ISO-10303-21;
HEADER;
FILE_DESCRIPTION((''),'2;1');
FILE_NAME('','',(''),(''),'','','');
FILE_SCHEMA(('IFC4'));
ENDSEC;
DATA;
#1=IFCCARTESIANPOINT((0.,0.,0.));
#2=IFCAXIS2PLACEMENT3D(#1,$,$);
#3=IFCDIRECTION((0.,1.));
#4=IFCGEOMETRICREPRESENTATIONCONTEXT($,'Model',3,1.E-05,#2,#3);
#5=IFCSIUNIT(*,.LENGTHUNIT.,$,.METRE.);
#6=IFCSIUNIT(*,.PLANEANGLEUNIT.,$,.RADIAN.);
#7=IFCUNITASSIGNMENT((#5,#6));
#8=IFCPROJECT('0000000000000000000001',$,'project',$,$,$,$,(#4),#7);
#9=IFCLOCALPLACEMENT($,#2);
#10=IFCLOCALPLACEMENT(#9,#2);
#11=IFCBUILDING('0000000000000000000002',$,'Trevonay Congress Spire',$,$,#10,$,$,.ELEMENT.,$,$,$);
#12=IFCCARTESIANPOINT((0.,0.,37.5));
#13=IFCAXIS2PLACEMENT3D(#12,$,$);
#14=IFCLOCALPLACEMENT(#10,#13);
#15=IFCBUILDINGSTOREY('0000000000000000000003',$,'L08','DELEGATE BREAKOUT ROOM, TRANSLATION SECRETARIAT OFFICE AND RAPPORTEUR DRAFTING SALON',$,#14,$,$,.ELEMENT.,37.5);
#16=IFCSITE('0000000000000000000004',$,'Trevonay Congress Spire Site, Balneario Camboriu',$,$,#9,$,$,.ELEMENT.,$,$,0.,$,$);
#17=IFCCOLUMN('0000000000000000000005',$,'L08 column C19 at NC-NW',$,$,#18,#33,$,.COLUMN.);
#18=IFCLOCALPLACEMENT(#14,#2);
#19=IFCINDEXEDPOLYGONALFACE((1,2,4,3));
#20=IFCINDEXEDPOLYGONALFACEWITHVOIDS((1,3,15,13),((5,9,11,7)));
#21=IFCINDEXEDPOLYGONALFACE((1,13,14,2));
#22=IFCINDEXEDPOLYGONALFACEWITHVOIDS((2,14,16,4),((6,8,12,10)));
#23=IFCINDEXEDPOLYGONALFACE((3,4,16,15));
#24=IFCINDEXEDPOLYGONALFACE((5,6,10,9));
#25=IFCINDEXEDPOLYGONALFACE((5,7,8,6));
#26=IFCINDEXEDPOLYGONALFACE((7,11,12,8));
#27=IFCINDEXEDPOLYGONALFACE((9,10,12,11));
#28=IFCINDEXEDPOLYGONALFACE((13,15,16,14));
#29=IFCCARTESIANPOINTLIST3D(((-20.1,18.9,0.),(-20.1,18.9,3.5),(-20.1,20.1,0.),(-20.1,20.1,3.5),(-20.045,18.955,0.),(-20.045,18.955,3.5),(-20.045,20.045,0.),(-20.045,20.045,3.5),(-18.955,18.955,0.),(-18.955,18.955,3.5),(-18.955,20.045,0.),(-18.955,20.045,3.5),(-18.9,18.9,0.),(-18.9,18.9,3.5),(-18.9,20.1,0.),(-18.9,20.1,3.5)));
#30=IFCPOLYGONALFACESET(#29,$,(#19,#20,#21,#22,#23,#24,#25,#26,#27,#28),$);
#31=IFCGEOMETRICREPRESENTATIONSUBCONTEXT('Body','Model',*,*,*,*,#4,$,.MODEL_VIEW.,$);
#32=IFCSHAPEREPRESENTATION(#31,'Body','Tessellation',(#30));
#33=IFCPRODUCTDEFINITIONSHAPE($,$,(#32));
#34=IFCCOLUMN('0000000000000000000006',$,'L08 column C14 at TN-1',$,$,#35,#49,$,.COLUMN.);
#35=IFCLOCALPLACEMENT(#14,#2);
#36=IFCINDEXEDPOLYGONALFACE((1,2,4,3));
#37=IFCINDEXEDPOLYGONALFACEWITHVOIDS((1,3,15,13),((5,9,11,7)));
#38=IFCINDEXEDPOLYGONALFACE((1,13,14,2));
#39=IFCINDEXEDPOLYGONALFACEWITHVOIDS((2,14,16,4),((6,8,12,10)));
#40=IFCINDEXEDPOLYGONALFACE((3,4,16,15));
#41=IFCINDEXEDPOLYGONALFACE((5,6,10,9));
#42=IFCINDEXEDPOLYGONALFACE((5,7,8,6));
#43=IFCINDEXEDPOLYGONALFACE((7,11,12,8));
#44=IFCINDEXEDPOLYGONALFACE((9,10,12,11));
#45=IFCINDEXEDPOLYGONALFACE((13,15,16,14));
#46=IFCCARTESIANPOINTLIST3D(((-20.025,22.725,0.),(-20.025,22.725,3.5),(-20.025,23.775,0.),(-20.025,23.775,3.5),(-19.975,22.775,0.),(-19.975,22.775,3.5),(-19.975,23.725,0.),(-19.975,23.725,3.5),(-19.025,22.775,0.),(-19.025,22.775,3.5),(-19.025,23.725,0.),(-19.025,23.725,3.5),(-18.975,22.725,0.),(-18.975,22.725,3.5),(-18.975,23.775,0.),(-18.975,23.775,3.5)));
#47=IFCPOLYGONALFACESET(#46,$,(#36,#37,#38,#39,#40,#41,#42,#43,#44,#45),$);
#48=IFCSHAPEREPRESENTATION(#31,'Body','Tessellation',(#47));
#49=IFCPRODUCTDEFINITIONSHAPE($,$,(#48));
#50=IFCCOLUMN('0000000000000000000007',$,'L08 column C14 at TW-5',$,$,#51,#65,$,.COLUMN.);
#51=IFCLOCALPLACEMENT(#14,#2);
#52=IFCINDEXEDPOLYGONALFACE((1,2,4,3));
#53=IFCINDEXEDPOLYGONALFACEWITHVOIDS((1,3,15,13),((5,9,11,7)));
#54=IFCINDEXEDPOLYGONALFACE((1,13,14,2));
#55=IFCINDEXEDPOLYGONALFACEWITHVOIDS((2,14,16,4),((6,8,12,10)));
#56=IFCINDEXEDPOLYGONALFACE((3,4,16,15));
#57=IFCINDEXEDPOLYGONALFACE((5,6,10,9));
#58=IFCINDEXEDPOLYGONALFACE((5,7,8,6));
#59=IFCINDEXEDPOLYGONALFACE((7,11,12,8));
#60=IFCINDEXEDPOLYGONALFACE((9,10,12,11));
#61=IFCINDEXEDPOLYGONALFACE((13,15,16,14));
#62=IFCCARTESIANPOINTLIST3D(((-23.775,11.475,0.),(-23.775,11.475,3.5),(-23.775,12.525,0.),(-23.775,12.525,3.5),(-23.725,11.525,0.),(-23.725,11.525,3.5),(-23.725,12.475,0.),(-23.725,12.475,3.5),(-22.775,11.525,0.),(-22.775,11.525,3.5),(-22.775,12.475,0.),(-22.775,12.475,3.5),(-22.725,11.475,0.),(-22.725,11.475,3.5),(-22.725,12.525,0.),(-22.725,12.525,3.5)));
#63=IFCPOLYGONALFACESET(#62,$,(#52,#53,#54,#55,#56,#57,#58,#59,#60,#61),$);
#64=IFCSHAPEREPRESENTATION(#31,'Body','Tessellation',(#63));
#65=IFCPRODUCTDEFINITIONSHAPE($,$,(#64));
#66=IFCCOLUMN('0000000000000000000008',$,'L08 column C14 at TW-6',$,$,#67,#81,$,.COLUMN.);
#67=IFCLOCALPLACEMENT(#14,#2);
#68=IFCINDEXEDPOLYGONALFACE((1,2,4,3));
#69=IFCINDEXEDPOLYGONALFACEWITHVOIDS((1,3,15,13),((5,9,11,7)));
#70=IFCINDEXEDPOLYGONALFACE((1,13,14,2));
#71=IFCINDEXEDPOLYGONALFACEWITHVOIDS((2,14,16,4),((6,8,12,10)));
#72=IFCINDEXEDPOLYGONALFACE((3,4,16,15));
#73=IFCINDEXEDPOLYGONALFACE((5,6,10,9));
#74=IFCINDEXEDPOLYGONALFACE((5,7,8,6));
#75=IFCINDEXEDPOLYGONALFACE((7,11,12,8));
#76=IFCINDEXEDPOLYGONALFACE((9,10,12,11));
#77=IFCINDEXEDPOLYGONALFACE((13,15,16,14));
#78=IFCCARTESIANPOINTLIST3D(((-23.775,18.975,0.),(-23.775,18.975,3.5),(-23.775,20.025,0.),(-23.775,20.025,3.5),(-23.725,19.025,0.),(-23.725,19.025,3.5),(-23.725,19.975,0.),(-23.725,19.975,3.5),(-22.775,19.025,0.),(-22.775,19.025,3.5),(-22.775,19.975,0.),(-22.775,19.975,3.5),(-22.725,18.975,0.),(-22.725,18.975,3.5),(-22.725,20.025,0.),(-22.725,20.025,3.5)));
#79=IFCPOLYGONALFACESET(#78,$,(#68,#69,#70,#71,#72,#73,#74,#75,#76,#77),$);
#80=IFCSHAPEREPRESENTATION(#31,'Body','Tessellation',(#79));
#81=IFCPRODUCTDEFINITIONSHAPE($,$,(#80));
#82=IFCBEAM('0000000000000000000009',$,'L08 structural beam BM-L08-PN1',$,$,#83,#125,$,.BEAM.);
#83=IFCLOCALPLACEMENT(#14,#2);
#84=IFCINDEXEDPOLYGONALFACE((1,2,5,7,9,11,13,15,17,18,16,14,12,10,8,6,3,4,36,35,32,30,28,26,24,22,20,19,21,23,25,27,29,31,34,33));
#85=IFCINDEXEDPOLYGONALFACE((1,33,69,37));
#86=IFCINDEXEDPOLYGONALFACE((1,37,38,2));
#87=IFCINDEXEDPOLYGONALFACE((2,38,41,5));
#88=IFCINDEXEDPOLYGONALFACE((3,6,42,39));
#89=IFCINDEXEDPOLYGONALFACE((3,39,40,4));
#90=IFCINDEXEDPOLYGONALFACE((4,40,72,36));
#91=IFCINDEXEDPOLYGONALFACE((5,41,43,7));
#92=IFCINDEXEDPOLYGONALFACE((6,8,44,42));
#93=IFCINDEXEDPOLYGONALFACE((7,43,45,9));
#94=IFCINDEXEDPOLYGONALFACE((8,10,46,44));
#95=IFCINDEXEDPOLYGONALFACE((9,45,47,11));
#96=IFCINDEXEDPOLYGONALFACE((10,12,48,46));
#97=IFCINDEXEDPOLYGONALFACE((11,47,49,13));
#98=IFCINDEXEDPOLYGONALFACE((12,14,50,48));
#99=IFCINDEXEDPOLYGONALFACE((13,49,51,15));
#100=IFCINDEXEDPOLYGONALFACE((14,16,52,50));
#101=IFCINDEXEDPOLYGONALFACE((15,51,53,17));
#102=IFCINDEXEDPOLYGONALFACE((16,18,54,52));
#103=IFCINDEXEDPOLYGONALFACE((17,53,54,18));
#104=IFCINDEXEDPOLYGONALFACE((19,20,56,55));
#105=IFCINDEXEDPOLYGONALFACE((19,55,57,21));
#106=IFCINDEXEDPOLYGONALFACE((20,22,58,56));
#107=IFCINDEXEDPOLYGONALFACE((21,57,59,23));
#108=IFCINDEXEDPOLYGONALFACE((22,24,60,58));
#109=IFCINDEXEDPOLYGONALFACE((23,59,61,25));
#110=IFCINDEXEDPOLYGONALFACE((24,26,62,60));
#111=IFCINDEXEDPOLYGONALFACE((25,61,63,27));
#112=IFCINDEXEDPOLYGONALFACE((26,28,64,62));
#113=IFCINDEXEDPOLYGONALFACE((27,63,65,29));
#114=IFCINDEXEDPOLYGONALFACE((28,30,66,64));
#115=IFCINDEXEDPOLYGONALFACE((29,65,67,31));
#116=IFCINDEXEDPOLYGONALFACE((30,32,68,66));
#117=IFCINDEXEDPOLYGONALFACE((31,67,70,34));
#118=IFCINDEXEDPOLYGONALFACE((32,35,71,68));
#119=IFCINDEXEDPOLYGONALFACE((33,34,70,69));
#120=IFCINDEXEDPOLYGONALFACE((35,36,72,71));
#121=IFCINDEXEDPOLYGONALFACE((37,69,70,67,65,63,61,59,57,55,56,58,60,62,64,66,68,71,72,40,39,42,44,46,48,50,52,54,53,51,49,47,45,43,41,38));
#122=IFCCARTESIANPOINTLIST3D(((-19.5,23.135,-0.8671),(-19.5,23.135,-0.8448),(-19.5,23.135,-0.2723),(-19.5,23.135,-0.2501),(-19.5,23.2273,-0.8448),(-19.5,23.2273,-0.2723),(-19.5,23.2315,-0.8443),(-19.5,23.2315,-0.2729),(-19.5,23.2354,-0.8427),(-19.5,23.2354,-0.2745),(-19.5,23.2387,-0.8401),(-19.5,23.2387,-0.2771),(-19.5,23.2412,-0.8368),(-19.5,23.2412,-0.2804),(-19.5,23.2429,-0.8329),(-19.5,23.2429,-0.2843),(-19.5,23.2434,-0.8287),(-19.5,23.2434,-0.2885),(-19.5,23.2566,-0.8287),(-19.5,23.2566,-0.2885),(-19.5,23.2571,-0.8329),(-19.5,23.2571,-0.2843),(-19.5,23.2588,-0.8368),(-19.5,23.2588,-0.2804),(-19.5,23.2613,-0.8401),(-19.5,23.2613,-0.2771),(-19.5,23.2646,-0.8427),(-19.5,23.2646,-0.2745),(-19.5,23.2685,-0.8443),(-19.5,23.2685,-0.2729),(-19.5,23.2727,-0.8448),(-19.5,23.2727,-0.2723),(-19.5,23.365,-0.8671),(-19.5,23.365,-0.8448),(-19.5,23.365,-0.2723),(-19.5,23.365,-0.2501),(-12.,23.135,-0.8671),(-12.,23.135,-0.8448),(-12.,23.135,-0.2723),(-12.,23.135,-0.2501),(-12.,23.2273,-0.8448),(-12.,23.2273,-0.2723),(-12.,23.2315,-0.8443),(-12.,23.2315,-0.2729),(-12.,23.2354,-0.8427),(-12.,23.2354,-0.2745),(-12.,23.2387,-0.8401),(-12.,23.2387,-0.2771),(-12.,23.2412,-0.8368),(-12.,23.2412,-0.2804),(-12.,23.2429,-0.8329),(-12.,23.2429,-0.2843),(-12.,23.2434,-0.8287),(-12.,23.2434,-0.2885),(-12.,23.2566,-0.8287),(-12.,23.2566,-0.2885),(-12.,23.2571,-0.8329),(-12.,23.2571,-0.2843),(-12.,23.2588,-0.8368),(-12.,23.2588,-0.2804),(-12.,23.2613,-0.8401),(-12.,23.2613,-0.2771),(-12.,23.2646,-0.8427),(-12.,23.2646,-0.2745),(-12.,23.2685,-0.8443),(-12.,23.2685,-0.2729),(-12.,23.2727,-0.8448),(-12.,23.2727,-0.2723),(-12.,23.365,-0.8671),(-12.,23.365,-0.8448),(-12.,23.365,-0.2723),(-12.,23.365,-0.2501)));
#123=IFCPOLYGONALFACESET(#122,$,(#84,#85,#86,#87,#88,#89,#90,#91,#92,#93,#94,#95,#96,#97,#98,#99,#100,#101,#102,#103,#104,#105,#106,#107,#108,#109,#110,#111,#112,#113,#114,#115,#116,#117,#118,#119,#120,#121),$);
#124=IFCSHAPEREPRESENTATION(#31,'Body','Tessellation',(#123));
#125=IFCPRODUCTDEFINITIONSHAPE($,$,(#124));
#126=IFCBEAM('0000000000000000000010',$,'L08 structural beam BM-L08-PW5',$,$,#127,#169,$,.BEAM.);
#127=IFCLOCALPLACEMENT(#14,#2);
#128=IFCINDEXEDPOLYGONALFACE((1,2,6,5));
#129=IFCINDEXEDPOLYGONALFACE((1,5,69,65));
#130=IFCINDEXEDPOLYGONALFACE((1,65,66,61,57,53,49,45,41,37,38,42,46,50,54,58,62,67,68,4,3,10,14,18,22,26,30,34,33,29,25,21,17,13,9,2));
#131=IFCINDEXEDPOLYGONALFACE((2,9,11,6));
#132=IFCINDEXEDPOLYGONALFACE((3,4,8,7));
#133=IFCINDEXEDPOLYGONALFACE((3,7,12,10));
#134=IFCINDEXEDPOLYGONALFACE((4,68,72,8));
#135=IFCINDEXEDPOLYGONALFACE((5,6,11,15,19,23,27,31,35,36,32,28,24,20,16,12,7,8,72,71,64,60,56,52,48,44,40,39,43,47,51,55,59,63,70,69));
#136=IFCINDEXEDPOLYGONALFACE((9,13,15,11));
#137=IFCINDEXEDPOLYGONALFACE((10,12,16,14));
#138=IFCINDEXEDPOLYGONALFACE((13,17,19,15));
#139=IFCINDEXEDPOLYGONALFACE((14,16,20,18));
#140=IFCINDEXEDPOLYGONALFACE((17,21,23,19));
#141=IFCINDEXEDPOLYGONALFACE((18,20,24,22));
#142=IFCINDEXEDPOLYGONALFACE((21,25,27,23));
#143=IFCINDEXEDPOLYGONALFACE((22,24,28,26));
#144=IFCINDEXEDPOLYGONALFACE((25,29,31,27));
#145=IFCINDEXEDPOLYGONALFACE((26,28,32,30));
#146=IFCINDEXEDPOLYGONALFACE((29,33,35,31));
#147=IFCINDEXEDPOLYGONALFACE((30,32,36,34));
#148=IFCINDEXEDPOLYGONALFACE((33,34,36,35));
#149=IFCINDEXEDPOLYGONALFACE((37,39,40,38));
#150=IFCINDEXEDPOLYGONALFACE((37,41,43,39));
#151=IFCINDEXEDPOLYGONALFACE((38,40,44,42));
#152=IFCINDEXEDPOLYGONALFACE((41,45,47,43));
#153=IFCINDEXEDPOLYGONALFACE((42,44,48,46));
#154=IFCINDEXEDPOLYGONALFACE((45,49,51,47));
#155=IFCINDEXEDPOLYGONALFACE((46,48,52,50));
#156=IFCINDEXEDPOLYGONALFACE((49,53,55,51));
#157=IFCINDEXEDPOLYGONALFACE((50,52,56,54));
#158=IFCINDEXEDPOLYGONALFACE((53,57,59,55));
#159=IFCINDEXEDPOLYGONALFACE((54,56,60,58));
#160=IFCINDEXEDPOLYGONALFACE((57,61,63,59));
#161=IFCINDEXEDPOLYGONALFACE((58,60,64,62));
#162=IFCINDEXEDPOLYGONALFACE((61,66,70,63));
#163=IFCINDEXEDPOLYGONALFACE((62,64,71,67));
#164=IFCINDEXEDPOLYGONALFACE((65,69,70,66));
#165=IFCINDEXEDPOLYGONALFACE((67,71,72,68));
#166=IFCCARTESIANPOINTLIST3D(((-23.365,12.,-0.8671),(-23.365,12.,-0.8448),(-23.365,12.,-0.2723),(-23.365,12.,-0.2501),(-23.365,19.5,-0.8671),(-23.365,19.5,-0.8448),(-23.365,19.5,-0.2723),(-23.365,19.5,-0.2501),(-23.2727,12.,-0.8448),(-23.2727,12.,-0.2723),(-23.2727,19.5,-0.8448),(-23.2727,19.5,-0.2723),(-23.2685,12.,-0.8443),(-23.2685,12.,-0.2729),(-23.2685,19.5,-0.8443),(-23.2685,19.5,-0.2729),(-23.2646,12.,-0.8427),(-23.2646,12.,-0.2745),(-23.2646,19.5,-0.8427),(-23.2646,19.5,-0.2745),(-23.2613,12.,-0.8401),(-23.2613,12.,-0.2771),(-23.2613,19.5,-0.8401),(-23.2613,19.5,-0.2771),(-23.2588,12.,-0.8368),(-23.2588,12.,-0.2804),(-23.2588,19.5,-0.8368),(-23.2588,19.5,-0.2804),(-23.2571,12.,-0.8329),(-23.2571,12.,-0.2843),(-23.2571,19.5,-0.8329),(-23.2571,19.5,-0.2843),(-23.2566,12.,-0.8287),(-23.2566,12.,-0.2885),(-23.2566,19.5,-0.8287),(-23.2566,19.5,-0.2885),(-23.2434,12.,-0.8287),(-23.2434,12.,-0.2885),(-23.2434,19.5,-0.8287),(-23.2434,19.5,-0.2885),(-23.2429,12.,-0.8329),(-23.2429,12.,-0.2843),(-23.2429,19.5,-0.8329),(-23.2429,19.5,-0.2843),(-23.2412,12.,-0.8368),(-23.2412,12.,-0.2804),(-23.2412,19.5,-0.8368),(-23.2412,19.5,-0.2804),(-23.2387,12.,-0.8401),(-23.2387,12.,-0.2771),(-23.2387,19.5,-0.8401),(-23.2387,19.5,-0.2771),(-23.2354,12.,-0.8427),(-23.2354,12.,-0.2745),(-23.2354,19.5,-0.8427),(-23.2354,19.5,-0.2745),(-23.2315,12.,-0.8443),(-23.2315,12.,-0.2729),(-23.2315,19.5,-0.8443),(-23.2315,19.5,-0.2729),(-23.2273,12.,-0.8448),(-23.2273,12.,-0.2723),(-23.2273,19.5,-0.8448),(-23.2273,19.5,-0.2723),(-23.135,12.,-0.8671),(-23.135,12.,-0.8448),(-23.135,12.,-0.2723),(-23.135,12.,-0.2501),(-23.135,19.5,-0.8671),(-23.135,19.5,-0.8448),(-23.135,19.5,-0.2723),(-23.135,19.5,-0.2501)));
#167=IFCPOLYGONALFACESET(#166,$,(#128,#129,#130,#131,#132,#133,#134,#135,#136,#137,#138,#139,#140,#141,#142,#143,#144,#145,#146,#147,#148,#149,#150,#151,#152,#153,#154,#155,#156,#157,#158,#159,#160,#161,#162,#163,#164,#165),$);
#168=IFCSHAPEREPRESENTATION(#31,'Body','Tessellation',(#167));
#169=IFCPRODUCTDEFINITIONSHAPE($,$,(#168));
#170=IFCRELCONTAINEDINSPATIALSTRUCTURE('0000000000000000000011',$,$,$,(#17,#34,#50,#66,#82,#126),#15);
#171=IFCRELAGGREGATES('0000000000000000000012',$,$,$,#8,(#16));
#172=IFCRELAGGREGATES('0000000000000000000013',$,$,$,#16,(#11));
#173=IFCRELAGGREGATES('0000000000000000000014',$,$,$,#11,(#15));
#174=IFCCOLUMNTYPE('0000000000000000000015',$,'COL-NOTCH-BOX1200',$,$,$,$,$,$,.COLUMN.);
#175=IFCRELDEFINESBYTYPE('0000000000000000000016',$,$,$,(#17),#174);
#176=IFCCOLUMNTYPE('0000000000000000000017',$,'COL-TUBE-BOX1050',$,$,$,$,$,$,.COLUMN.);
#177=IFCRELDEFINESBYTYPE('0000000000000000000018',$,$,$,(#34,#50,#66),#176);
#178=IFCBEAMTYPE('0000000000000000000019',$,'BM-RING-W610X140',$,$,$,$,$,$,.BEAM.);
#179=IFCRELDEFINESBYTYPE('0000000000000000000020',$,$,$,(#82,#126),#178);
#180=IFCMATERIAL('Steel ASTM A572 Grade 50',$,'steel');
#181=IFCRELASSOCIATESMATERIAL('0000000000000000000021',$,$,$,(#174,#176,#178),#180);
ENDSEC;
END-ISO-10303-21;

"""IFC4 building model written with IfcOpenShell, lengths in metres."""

from ifc_helpers import new_model, si_unit, direction, frame, origin, origin_2d, place, context, subcontext, project, spatial, hollow_rectangle, i_section, extrude, material, material_profile, profile_set, type_object, element, save


model = new_model("IFC4")

# Units and contexts
model_context = context("Model", 3, precision=1e-05, world=origin(), true_north=direction((0.0, 1.0)))
body_context = subcontext(model_context, "Body", "Model", "MODEL_VIEW")
ifc_project = project(units=[si_unit("LENGTHUNIT", "METRE"), si_unit("PLANEANGLEUNIT", "RADIAN")], contexts=[model_context])

# Site, building, storey
site_placement = place(None, origin())
site = spatial("IfcSite", under=ifc_project, at=site_placement, Name="Trevonay Congress Spire Site, Balneario Camboriu", CompositionType="ELEMENT", RefElevation=0.0)
building_placement = place(site_placement, origin())
building = spatial("IfcBuilding", under=site, at=building_placement, Name="Trevonay Congress Spire", CompositionType="ELEMENT")
storey_placement = place(building_placement, frame((0.0, 0.0, 37.5)))
storey = spatial("IfcBuildingStorey", under=building, at=storey_placement, Name="L08", Description="DELEGATE BREAKOUT ROOM, TRANSLATION SECRETARIAT OFFICE AND RAPPORTEUR DRAFTING SALON", CompositionType="ELEMENT", Elevation=37.5)

# Columns
ifc_material_1 = material(Name="Steel ASTM A572 Grade 50", Category="steel")
ifc_material_profile_1 = material_profile(ifc_material_1, hollow_rectangle(XDim=1.2, YDim=1.2, WallThickness=0.0549, at=origin_2d()), Name="BOX 1200x1200x55")
ifc_profile_set_1 = profile_set([ifc_material_profile_1], Name="Steel ASTM A572 Grade 50")
column_type_1 = type_object("IfcColumnType", Name="COL-NOTCH-BOX1200", PredefinedType="COLUMN", material=ifc_profile_set_1)
column_placement = place(storey_placement, frame((-19.5, 19.5, 0.0), z_axis=(0.0, 0.0, 1.0), x_axis=(1.0, 0.0, 0.0)))
element("IfcColumn", 1, at=column_placement, inside=storey, type_object=column_type_1, Name="L08 column C19 at NC-NW", PredefinedType="COLUMN", context=body_context, shape_type="SweptSolid", body=[
    extrude(hollow_rectangle(XDim=1.2, YDim=1.2, WallThickness=0.0549, at=origin_2d()), origin(), (0.0, 0.0, 1.0), 3.5),
])
ifc_material_profile_2 = material_profile(ifc_material_1, hollow_rectangle(XDim=1.05, YDim=1.05, WallThickness=0.05, at=origin_2d()), Name="BOX 1050x1050x50")
ifc_profile_set_2 = profile_set([ifc_material_profile_2], Name="Steel ASTM A572 Grade 50")
column_type_2 = type_object("IfcColumnType", Name="COL-TUBE-BOX1050", PredefinedType="COLUMN", material=ifc_profile_set_2)
for number, where, z_axis, x_axis, name in (
    (2, (-19.5, 23.25, 0.0), (0.0, 0.0, 1.0), (1.0, 0.0, 0.0), "L08 column C14 at TN-1"),
    (3, (-23.25, 12.0, 0.0), (0.0, 0.0, 1.0), (1.0, 0.0, 0.0), "L08 column C14 at TW-5"),
    (4, (-23.25, 19.5, 0.0), (0.0, 0.0, 1.0), (1.0, 0.0, 0.0), "L08 column C14 at TW-6"),
):
    element("IfcColumn", number, at=place(storey_placement, frame(where, z_axis=z_axis, x_axis=x_axis)), inside=storey, type_object=column_type_2, Name=name, PredefinedType="COLUMN", context=body_context, shape_type="SweptSolid", body=[
        extrude(hollow_rectangle(XDim=1.05, YDim=1.05, WallThickness=0.05, at=origin_2d()), origin(), (0.0, 0.0, 1.0), 3.5),
    ])

# Beams
ifc_material_profile_3 = material_profile(ifc_material_1, i_section(OverallWidth=0.23, OverallDepth=0.6169, WebThickness=0.0132, FlangeThickness=0.0222, FilletRadius=0.0161, at=origin_2d()), Name="W610x140")
ifc_profile_set_3 = profile_set([ifc_material_profile_3], Name="Steel ASTM A572 Grade 50")
beam_type_1 = type_object("IfcBeamType", Name="BM-RING-W610X140", PredefinedType="BEAM", material=ifc_profile_set_3)
for number, where, z_axis, x_axis, name in (
    (5, (-19.5, 23.25, -0.5586), (1.0, 0.0, 0.0), (0.0, 1.0, 0.0), "L08 structural beam BM-L08-PN1"),
    (6, (-23.25, 12.0, -0.5586), (0.0, 1.0, 0.0), (-1.0, 0.0, 0.0), "L08 structural beam BM-L08-PW5"),
):
    element("IfcBeam", number, at=place(storey_placement, frame(where, z_axis=z_axis, x_axis=x_axis)), inside=storey, type_object=beam_type_1, Name=name, PredefinedType="BEAM", context=body_context, shape_type="SweptSolid", body=[
        extrude(i_section(OverallWidth=0.23, OverallDepth=0.6169, WebThickness=0.0132, FlangeThickness=0.0222, FilletRadius=0.0161, at=origin_2d()), origin(), (0.0, 0.0, 1.0), 7.5),
    ])

save(model, "model.ifc")
